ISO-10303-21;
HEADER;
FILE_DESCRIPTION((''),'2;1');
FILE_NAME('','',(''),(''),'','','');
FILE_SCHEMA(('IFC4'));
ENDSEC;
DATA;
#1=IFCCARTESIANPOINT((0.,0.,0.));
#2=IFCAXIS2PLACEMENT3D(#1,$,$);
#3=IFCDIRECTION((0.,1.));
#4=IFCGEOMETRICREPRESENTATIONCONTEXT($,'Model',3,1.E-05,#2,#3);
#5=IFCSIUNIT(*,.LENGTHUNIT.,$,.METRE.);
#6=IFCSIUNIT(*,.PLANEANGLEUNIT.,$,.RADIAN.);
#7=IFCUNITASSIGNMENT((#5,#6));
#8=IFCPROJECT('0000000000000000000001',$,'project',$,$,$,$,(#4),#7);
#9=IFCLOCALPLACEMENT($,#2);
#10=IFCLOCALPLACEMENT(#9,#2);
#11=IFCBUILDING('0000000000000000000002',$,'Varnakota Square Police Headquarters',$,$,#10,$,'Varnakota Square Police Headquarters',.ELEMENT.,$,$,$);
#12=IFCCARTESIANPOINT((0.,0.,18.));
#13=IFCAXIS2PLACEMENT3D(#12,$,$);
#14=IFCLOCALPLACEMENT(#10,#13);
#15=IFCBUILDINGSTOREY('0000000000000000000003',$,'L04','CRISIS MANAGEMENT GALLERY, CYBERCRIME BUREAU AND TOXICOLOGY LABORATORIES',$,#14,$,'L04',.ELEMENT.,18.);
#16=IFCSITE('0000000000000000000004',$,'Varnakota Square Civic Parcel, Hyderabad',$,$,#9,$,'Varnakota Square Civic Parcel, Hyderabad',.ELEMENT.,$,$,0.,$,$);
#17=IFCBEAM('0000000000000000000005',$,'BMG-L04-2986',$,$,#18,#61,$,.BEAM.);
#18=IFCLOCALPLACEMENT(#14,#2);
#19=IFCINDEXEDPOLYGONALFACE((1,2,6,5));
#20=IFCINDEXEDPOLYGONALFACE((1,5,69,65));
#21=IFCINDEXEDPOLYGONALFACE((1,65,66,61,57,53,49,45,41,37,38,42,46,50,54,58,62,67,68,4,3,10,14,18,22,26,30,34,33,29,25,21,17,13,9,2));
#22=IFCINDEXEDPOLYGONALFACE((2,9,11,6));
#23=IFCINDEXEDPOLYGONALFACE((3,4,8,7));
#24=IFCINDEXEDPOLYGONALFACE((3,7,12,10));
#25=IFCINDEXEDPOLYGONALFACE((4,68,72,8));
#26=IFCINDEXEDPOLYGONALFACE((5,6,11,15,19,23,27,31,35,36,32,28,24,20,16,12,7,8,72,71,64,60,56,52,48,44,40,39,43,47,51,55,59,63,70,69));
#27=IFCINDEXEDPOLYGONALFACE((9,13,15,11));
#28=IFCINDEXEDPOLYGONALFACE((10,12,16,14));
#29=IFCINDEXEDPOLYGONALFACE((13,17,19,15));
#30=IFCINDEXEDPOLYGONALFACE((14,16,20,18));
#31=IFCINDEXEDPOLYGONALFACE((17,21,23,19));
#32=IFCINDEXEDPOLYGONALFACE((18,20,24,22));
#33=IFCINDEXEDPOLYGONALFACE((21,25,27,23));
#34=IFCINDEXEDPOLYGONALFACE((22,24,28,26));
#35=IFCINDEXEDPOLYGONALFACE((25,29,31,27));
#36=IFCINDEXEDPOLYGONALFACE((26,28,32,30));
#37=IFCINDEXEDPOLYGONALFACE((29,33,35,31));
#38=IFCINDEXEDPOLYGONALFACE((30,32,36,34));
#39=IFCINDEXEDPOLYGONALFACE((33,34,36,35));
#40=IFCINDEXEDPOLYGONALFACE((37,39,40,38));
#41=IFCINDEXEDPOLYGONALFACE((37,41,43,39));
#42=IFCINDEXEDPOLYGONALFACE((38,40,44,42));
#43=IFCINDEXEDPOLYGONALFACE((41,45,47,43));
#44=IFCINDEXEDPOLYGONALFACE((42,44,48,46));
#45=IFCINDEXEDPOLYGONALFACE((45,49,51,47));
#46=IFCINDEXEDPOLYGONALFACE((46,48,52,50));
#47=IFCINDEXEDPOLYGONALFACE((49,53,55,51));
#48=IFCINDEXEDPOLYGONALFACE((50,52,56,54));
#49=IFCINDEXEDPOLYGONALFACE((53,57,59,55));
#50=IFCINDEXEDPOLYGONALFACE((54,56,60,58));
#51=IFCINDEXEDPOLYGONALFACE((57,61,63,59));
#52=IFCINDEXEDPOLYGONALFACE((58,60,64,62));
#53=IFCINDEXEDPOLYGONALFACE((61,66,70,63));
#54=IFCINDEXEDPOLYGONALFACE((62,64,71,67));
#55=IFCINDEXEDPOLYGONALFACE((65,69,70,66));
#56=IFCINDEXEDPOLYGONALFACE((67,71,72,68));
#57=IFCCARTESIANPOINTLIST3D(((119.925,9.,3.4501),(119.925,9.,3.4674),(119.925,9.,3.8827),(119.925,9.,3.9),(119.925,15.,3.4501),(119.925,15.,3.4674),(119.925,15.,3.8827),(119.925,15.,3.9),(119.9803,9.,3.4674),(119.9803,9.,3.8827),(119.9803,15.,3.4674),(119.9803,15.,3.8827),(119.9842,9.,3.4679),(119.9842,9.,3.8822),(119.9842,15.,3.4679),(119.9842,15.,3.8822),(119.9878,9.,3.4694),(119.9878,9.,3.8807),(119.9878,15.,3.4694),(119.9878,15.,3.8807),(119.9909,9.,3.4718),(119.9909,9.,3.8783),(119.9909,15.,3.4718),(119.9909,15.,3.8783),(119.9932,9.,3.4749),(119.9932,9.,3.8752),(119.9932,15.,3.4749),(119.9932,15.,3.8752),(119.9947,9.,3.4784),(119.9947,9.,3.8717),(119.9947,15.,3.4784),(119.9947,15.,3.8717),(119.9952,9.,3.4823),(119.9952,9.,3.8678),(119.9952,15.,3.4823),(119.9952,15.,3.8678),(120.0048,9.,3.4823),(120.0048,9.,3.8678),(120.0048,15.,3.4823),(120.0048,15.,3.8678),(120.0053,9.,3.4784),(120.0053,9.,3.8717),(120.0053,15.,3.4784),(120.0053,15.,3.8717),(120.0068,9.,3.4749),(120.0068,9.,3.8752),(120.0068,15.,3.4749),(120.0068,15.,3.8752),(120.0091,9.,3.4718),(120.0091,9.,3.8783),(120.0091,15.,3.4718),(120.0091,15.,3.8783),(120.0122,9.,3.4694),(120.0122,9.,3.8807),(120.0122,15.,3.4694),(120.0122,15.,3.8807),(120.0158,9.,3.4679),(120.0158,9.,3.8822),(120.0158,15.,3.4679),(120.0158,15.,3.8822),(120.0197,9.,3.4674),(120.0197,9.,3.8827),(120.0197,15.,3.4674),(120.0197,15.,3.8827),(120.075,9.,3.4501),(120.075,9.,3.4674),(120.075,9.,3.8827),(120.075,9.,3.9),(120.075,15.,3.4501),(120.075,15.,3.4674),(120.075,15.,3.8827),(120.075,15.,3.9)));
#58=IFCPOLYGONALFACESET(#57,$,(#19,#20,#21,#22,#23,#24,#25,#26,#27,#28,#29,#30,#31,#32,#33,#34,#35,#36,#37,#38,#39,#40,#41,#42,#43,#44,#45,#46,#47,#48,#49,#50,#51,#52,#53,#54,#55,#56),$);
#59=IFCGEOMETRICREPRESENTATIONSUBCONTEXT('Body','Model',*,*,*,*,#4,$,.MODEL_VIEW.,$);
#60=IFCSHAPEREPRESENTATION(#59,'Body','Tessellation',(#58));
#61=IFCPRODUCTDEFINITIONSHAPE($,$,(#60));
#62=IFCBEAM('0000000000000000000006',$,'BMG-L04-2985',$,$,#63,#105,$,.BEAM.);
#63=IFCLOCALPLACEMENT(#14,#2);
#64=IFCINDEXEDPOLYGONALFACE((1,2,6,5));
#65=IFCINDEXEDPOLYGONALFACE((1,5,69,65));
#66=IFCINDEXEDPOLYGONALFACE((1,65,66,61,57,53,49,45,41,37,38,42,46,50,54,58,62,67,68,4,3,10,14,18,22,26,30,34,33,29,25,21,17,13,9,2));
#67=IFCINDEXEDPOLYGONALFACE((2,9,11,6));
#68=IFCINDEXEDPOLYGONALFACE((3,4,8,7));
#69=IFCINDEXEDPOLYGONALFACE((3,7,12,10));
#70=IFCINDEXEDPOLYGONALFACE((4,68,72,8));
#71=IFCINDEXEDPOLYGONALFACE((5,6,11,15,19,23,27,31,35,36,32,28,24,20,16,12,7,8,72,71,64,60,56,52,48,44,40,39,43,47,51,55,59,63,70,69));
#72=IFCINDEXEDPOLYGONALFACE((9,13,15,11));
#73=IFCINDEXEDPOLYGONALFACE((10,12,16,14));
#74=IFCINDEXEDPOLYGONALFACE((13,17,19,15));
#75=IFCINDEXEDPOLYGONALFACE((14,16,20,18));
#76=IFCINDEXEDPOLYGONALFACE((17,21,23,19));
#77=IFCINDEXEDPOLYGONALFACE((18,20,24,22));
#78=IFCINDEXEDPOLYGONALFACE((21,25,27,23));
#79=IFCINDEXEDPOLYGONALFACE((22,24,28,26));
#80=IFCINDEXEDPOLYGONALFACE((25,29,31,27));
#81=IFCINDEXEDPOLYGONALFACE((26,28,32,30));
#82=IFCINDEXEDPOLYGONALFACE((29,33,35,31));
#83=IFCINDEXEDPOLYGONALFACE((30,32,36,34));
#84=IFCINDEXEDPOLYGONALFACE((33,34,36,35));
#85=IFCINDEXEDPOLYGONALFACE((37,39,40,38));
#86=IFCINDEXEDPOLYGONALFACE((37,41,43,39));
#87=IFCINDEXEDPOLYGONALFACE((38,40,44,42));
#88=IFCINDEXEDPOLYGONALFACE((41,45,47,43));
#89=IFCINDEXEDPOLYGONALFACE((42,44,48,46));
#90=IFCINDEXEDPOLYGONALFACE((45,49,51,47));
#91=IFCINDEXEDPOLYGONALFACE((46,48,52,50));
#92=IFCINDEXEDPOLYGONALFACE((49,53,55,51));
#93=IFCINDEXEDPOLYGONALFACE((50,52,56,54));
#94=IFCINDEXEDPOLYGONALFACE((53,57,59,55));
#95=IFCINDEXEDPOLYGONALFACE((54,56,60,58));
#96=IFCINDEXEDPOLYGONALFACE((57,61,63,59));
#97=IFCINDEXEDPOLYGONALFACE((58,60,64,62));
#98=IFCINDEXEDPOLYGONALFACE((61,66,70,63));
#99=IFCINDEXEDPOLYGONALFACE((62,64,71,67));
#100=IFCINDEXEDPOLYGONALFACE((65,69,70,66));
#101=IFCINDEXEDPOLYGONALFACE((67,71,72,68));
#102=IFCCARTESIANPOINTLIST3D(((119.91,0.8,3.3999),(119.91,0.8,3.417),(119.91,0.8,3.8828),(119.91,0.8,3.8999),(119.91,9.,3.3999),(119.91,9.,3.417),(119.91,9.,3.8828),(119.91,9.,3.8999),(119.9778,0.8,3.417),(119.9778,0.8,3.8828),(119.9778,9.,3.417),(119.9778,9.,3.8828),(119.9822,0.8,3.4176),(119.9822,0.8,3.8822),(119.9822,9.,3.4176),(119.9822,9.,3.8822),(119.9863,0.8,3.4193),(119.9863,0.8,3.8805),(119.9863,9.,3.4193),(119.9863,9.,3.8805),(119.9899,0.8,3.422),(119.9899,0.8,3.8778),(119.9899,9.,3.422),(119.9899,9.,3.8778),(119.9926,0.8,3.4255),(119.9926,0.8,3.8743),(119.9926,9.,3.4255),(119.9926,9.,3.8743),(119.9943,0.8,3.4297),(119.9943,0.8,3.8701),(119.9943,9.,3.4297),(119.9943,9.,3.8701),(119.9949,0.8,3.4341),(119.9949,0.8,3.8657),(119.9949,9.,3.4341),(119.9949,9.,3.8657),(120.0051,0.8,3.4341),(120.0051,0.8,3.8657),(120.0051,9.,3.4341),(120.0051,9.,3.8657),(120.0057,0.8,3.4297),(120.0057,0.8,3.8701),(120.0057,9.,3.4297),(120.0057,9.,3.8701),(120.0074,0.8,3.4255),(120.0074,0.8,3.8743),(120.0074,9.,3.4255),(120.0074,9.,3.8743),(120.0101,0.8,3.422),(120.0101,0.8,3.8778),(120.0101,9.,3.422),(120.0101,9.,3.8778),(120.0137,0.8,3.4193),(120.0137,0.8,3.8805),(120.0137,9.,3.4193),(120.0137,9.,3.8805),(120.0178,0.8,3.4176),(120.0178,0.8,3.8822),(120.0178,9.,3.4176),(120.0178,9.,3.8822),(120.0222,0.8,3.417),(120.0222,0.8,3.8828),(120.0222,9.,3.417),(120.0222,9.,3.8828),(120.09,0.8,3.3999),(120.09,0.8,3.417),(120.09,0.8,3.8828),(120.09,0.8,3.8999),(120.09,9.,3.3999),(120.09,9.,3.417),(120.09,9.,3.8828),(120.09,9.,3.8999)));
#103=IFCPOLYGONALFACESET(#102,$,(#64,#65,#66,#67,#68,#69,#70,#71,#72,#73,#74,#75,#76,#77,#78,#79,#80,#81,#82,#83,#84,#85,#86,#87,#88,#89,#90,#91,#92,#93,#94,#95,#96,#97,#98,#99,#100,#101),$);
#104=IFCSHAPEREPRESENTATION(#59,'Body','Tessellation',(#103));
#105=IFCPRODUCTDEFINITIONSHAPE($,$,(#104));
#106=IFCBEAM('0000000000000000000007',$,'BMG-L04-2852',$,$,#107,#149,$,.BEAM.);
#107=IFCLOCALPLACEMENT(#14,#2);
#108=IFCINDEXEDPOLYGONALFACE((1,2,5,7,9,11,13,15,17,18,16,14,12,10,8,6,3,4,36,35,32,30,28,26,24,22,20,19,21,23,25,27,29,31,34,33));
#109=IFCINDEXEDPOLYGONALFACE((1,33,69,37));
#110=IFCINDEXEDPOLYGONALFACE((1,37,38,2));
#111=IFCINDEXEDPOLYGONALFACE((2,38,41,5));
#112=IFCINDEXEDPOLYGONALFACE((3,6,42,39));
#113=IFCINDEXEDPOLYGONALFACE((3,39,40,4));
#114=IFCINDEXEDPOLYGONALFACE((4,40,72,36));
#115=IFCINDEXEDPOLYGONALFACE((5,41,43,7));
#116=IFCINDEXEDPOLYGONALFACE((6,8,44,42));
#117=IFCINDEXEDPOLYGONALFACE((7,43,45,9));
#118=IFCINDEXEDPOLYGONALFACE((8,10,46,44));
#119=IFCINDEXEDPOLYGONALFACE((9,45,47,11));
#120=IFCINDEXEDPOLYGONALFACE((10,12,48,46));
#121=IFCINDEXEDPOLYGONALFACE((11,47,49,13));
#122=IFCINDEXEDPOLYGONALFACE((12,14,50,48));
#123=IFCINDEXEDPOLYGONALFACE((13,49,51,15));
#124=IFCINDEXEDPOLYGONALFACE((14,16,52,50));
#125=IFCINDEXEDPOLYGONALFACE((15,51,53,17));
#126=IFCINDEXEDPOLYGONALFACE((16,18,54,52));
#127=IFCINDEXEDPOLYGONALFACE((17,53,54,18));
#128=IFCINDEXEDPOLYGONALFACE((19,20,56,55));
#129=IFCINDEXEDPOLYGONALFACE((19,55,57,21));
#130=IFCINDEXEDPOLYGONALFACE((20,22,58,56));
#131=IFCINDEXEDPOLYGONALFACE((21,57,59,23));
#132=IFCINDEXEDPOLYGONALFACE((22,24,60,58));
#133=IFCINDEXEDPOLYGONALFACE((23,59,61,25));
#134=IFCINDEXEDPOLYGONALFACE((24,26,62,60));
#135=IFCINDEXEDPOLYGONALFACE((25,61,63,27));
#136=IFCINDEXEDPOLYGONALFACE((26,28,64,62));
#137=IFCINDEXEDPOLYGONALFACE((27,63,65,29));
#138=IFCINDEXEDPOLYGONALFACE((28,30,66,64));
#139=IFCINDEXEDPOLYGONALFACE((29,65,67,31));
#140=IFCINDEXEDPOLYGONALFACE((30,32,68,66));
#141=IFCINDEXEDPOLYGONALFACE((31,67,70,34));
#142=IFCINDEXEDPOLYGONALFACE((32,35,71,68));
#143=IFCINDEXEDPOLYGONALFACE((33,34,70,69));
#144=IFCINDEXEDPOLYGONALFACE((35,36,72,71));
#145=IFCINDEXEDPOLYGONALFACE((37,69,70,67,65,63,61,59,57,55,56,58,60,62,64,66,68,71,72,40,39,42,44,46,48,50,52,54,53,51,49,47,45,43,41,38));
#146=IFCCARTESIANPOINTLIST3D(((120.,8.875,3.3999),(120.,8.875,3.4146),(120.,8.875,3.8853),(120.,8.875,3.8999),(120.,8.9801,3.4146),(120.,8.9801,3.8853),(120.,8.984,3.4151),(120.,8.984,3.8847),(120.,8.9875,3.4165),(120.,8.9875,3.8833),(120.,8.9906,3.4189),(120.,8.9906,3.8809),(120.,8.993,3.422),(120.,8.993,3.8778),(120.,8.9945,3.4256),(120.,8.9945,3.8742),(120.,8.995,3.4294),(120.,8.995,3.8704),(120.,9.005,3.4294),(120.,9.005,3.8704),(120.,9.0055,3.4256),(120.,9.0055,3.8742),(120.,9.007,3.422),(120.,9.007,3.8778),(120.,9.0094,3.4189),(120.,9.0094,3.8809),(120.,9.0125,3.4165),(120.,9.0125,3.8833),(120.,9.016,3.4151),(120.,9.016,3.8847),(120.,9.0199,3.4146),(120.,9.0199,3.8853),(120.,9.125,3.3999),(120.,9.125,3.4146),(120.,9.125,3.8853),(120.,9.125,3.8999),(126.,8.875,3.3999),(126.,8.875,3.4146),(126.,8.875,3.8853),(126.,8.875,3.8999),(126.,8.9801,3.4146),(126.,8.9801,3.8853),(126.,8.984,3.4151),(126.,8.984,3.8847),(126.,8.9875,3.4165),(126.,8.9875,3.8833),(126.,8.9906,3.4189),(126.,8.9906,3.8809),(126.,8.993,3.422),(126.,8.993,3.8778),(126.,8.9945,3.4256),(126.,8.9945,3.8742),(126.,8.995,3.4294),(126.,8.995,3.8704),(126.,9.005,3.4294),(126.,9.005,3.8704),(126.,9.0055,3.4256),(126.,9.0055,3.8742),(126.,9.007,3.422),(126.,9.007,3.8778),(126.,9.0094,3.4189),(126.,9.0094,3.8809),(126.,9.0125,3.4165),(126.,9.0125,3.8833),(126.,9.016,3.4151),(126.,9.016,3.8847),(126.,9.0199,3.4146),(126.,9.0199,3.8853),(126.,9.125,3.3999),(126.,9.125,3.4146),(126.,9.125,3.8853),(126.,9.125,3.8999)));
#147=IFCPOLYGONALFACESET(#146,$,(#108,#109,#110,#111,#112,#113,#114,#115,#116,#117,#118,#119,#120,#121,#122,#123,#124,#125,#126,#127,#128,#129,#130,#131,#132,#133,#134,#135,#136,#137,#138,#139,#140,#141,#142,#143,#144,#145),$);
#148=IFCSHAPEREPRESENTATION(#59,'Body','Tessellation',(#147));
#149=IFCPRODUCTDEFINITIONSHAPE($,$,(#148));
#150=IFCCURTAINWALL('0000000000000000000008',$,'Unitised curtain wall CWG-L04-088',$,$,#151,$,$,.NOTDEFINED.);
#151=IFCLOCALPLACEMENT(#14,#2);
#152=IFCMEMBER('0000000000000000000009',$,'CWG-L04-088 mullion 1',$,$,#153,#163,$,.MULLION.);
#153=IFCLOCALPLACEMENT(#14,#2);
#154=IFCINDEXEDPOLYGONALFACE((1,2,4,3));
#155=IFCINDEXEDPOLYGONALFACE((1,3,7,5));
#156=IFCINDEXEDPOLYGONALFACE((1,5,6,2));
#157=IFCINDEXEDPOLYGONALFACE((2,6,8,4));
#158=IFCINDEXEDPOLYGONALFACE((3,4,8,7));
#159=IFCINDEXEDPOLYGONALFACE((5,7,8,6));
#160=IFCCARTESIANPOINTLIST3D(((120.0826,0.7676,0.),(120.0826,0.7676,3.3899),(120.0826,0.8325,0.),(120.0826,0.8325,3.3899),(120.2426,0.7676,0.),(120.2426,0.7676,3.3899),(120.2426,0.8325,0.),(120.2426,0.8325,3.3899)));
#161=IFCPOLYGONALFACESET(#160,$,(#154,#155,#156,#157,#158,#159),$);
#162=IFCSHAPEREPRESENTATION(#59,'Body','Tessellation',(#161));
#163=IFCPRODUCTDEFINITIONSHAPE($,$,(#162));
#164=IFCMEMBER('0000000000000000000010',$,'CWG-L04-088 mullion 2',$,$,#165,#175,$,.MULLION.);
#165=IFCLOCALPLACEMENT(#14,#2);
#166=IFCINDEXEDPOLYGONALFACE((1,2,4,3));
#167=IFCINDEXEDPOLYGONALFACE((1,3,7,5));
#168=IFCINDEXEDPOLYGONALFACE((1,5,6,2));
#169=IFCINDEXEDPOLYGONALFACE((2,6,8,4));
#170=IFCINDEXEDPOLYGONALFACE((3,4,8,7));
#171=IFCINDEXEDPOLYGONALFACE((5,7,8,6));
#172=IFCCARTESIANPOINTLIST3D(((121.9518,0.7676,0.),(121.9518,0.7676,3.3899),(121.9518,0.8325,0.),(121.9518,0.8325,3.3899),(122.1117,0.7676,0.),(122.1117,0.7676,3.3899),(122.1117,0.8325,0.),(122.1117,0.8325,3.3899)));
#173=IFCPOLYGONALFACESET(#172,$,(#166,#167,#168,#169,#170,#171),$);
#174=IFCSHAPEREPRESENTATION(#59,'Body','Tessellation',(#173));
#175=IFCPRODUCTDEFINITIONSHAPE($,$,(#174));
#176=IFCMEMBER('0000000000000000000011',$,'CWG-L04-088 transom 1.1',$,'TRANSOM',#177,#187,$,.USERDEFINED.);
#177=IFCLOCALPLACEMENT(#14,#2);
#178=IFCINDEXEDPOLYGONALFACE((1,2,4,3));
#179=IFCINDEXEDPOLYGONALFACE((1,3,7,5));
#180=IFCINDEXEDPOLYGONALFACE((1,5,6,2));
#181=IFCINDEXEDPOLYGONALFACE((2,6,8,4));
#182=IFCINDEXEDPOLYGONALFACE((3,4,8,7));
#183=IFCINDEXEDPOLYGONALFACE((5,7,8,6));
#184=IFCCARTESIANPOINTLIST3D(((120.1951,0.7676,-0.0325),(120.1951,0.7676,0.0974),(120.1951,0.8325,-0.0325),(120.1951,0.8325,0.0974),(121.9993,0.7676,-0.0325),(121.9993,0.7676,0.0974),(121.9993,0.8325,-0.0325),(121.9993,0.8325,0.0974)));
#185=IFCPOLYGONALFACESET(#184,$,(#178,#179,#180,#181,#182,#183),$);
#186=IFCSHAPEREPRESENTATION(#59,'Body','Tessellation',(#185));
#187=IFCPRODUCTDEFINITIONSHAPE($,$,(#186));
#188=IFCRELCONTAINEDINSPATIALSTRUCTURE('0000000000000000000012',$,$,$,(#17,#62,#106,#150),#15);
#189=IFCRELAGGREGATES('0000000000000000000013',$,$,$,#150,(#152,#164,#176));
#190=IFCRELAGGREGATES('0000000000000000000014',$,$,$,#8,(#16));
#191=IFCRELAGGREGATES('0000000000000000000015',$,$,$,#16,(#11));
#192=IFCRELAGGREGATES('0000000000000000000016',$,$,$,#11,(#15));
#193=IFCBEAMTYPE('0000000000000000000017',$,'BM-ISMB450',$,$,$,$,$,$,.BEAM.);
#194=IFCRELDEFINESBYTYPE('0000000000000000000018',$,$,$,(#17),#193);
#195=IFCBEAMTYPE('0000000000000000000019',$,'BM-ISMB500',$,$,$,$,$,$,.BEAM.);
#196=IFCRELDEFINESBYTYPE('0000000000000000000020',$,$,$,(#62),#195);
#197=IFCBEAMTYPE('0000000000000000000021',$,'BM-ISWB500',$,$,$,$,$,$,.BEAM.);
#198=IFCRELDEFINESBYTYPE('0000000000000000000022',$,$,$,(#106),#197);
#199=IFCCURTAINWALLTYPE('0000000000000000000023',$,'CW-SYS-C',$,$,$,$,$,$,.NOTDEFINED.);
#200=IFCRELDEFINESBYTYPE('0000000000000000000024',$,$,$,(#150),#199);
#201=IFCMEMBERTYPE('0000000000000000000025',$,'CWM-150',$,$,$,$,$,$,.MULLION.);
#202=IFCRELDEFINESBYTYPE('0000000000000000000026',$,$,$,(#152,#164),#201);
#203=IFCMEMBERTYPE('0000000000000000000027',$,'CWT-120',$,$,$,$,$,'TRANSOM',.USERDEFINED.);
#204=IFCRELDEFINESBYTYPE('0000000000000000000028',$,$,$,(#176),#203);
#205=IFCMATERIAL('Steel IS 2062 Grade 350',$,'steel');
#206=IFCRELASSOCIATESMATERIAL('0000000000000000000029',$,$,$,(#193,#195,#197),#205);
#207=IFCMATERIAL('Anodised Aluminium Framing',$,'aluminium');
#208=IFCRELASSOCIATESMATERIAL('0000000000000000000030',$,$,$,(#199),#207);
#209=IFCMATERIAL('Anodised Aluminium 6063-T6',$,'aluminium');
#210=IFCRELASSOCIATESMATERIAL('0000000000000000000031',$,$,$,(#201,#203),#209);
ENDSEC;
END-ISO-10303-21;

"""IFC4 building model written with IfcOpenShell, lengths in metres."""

from ifc_helpers import new_model, si_unit, direction, frame, origin, origin_2d, place, context, subcontext, project, spatial, rectangle, i_section, extrude, material, material_profile, profile_set, type_object, element, aggregate, save


model = new_model("IFC4")

# Units and contexts
model_context = context("Model", 3, precision=1e-05, world=origin(), true_north=direction((0.0, 1.0)))
body_context = subcontext(model_context, "Body", "Model", "MODEL_VIEW")
ifc_project = project(units=[si_unit("LENGTHUNIT", "METRE"), si_unit("PLANEANGLEUNIT", "RADIAN")], contexts=[model_context])

# Site, building, storey
site_placement = place(None, origin())
site = spatial("IfcSite", under=ifc_project, at=site_placement, Name="Varnakota Square Civic Parcel, Hyderabad", LongName="Varnakota Square Civic Parcel, Hyderabad", CompositionType="ELEMENT", RefElevation=0.0)
building_placement = place(site_placement, origin())
building = spatial("IfcBuilding", under=site, at=building_placement, Name="Varnakota Square Police Headquarters", LongName="Varnakota Square Police Headquarters", CompositionType="ELEMENT")
storey_placement = place(building_placement, frame((0.0, 0.0, 18.0)))
storey = spatial("IfcBuildingStorey", under=building, at=storey_placement, Name="L04", Description="CRISIS MANAGEMENT GALLERY, CYBERCRIME BUREAU AND TOXICOLOGY LABORATORIES", LongName="L04", CompositionType="ELEMENT", Elevation=18.0)

# Shared definitions
ifc_material_1 = material(Name="Steel IS 2062 Grade 350", Category="steel")

# Beams
ifc_material_profile_1 = material_profile(ifc_material_1, i_section(OverallWidth=0.1499, OverallDepth=0.45, WebThickness=0.0095, FlangeThickness=0.0173, FilletRadius=0.0149, at=origin_2d()), Name="ISMB 450")
ifc_profile_set_1 = profile_set([ifc_material_profile_1], Name="Steel IS 2062 Grade 350")
beam_type_1 = type_object("IfcBeamType", Name="BM-ISMB450", PredefinedType="BEAM", material=ifc_profile_set_1)
beam_1_placement = place(storey_placement, frame((120.0, 9.0, 3.675), z_axis=(0.0, 1.0, 0.0), x_axis=(-1.0, 0.0, 0.0)))
element("IfcBeam", 1, at=beam_1_placement, inside=storey, type_object=beam_type_1, Name="BMG-L04-2986", PredefinedType="BEAM", context=body_context, shape_type="SweptSolid", body=[
    extrude(i_section(OverallWidth=0.1499, OverallDepth=0.45, WebThickness=0.0095, FlangeThickness=0.0173, FilletRadius=0.0149, at=origin_2d()), origin(), (0.0, 0.0, 1.0), 6.0),
])
ifc_material_profile_2 = material_profile(ifc_material_1, i_section(OverallWidth=0.1799, OverallDepth=0.5, WebThickness=0.0103, FlangeThickness=0.0171, FilletRadius=0.0171, at=origin_2d()), Name="ISMB 500")
ifc_profile_set_2 = profile_set([ifc_material_profile_2], Name="Steel IS 2062 Grade 350")
beam_type_2 = type_object("IfcBeamType", Name="BM-ISMB500", PredefinedType="BEAM", material=ifc_profile_set_2)
beam_2_placement = place(storey_placement, frame((120.0, 0.8, 3.6499), z_axis=(0.0, 1.0, 0.0), x_axis=(-1.0, 0.0, 0.0)))
element("IfcBeam", 2, at=beam_2_placement, inside=storey, type_object=beam_type_2, Name="BMG-L04-2985", PredefinedType="BEAM", context=body_context, shape_type="SweptSolid", body=[
    extrude(i_section(OverallWidth=0.1799, OverallDepth=0.5, WebThickness=0.0103, FlangeThickness=0.0171, FilletRadius=0.0171, at=origin_2d()), origin(), (0.0, 0.0, 1.0), 8.2),
])
ifc_material_profile_3 = material_profile(ifc_material_1, i_section(OverallWidth=0.25, OverallDepth=0.5, WebThickness=0.01, FlangeThickness=0.0146, FilletRadius=0.0149, at=origin_2d()), Name="ISWB 500")
ifc_profile_set_3 = profile_set([ifc_material_profile_3], Name="Steel IS 2062 Grade 350")
beam_type_3 = type_object("IfcBeamType", Name="BM-ISWB500", PredefinedType="BEAM", material=ifc_profile_set_3)
beam_3_placement = place(storey_placement, frame((120.0, 9.0, 3.6499), z_axis=(1.0, 0.0, 0.0), x_axis=(0.0, 1.0, 0.0)))
element("IfcBeam", 3, at=beam_3_placement, inside=storey, type_object=beam_type_3, Name="BMG-L04-2852", PredefinedType="BEAM", context=body_context, shape_type="SweptSolid", body=[
    extrude(i_section(OverallWidth=0.25, OverallDepth=0.5, WebThickness=0.01, FlangeThickness=0.0146, FilletRadius=0.0149, at=origin_2d()), origin(), (0.0, 0.0, 1.0), 6.0),
])

# Curtain wall, members
ifc_material_2 = material(Name="Anodised Aluminium Framing", Category="aluminium")
curtain_wall_type = type_object("IfcCurtainWallType", Name="CW-SYS-C", PredefinedType="NOTDEFINED", material=ifc_material_2)
curtain_wall_placement = place(storey_placement, origin())
curtain_wall = element("IfcCurtainWall", 4, at=curtain_wall_placement, inside=storey, type_object=curtain_wall_type, Name="Unitised curtain wall CWG-L04-088", PredefinedType="NOTDEFINED")
ifc_material_3 = material(Name="Anodised Aluminium 6063-T6", Category="aluminium")
ifc_material_profile_4 = material_profile(ifc_material_3, rectangle(XDim=0.0649, YDim=0.1599, at=origin_2d()), Name="ALU MULLION 65x160")
ifc_profile_set_4 = profile_set([ifc_material_profile_4], Name="Anodised Aluminium 6063-T6")
member_type_1 = type_object("IfcMemberType", Name="CWM-150", PredefinedType="MULLION", material=ifc_profile_set_4)
member_1_placement = place(storey_placement, frame((120.1626, 0.8, 0.0), z_axis=(0.0, 0.0, 1.0), x_axis=(0.0, 1.0, 0.0)))
member_1 = element("IfcMember", 5, at=member_1_placement, type_object=member_type_1, Name="CWG-L04-088 mullion 1", PredefinedType="MULLION", context=body_context, shape_type="SweptSolid", body=[
    extrude(rectangle(XDim=0.0649, YDim=0.1599, at=origin_2d()), origin(), (0.0, 0.0, 1.0), 3.3899),
])
member_2_placement = place(storey_placement, frame((122.0317, 0.8, 0.0), z_axis=(0.0, 0.0, 1.0), x_axis=(0.0, 1.0, 0.0)))
member_2 = element("IfcMember", 6, at=member_2_placement, type_object=member_type_1, Name="CWG-L04-088 mullion 2", PredefinedType="MULLION", context=body_context, shape_type="SweptSolid", body=[
    extrude(rectangle(XDim=0.0649, YDim=0.1599, at=origin_2d()), origin(), (0.0, 0.0, 1.0), 3.3899),
])
ifc_material_profile_5 = material_profile(ifc_material_3, rectangle(XDim=0.0649, YDim=0.1299, at=origin_2d()), Name="ALU TRANSOM 65x130")
ifc_profile_set_5 = profile_set([ifc_material_profile_5], Name="Anodised Aluminium 6063-T6")
member_type_2 = type_object("IfcMemberType", Name="CWT-120", ElementType="TRANSOM", PredefinedType="USERDEFINED", material=ifc_profile_set_5)
member_3_placement = place(storey_placement, frame((120.1951, 0.8, 0.0325), z_axis=(1.0, 0.0, 0.0), x_axis=(0.0, 1.0, 0.0)))
member_3 = element("IfcMember", 7, at=member_3_placement, type_object=member_type_2, Name="CWG-L04-088 transom 1.1", ObjectType="TRANSOM", PredefinedType="USERDEFINED", context=body_context, shape_type="SweptSolid", body=[
    extrude(rectangle(XDim=0.0649, YDim=0.1299, at=origin_2d()), origin(), (0.0, 0.0, 1.0), 1.8042),
])
aggregate(curtain_wall, [member_1, member_2, member_3])

save(model, "model.ifc")
